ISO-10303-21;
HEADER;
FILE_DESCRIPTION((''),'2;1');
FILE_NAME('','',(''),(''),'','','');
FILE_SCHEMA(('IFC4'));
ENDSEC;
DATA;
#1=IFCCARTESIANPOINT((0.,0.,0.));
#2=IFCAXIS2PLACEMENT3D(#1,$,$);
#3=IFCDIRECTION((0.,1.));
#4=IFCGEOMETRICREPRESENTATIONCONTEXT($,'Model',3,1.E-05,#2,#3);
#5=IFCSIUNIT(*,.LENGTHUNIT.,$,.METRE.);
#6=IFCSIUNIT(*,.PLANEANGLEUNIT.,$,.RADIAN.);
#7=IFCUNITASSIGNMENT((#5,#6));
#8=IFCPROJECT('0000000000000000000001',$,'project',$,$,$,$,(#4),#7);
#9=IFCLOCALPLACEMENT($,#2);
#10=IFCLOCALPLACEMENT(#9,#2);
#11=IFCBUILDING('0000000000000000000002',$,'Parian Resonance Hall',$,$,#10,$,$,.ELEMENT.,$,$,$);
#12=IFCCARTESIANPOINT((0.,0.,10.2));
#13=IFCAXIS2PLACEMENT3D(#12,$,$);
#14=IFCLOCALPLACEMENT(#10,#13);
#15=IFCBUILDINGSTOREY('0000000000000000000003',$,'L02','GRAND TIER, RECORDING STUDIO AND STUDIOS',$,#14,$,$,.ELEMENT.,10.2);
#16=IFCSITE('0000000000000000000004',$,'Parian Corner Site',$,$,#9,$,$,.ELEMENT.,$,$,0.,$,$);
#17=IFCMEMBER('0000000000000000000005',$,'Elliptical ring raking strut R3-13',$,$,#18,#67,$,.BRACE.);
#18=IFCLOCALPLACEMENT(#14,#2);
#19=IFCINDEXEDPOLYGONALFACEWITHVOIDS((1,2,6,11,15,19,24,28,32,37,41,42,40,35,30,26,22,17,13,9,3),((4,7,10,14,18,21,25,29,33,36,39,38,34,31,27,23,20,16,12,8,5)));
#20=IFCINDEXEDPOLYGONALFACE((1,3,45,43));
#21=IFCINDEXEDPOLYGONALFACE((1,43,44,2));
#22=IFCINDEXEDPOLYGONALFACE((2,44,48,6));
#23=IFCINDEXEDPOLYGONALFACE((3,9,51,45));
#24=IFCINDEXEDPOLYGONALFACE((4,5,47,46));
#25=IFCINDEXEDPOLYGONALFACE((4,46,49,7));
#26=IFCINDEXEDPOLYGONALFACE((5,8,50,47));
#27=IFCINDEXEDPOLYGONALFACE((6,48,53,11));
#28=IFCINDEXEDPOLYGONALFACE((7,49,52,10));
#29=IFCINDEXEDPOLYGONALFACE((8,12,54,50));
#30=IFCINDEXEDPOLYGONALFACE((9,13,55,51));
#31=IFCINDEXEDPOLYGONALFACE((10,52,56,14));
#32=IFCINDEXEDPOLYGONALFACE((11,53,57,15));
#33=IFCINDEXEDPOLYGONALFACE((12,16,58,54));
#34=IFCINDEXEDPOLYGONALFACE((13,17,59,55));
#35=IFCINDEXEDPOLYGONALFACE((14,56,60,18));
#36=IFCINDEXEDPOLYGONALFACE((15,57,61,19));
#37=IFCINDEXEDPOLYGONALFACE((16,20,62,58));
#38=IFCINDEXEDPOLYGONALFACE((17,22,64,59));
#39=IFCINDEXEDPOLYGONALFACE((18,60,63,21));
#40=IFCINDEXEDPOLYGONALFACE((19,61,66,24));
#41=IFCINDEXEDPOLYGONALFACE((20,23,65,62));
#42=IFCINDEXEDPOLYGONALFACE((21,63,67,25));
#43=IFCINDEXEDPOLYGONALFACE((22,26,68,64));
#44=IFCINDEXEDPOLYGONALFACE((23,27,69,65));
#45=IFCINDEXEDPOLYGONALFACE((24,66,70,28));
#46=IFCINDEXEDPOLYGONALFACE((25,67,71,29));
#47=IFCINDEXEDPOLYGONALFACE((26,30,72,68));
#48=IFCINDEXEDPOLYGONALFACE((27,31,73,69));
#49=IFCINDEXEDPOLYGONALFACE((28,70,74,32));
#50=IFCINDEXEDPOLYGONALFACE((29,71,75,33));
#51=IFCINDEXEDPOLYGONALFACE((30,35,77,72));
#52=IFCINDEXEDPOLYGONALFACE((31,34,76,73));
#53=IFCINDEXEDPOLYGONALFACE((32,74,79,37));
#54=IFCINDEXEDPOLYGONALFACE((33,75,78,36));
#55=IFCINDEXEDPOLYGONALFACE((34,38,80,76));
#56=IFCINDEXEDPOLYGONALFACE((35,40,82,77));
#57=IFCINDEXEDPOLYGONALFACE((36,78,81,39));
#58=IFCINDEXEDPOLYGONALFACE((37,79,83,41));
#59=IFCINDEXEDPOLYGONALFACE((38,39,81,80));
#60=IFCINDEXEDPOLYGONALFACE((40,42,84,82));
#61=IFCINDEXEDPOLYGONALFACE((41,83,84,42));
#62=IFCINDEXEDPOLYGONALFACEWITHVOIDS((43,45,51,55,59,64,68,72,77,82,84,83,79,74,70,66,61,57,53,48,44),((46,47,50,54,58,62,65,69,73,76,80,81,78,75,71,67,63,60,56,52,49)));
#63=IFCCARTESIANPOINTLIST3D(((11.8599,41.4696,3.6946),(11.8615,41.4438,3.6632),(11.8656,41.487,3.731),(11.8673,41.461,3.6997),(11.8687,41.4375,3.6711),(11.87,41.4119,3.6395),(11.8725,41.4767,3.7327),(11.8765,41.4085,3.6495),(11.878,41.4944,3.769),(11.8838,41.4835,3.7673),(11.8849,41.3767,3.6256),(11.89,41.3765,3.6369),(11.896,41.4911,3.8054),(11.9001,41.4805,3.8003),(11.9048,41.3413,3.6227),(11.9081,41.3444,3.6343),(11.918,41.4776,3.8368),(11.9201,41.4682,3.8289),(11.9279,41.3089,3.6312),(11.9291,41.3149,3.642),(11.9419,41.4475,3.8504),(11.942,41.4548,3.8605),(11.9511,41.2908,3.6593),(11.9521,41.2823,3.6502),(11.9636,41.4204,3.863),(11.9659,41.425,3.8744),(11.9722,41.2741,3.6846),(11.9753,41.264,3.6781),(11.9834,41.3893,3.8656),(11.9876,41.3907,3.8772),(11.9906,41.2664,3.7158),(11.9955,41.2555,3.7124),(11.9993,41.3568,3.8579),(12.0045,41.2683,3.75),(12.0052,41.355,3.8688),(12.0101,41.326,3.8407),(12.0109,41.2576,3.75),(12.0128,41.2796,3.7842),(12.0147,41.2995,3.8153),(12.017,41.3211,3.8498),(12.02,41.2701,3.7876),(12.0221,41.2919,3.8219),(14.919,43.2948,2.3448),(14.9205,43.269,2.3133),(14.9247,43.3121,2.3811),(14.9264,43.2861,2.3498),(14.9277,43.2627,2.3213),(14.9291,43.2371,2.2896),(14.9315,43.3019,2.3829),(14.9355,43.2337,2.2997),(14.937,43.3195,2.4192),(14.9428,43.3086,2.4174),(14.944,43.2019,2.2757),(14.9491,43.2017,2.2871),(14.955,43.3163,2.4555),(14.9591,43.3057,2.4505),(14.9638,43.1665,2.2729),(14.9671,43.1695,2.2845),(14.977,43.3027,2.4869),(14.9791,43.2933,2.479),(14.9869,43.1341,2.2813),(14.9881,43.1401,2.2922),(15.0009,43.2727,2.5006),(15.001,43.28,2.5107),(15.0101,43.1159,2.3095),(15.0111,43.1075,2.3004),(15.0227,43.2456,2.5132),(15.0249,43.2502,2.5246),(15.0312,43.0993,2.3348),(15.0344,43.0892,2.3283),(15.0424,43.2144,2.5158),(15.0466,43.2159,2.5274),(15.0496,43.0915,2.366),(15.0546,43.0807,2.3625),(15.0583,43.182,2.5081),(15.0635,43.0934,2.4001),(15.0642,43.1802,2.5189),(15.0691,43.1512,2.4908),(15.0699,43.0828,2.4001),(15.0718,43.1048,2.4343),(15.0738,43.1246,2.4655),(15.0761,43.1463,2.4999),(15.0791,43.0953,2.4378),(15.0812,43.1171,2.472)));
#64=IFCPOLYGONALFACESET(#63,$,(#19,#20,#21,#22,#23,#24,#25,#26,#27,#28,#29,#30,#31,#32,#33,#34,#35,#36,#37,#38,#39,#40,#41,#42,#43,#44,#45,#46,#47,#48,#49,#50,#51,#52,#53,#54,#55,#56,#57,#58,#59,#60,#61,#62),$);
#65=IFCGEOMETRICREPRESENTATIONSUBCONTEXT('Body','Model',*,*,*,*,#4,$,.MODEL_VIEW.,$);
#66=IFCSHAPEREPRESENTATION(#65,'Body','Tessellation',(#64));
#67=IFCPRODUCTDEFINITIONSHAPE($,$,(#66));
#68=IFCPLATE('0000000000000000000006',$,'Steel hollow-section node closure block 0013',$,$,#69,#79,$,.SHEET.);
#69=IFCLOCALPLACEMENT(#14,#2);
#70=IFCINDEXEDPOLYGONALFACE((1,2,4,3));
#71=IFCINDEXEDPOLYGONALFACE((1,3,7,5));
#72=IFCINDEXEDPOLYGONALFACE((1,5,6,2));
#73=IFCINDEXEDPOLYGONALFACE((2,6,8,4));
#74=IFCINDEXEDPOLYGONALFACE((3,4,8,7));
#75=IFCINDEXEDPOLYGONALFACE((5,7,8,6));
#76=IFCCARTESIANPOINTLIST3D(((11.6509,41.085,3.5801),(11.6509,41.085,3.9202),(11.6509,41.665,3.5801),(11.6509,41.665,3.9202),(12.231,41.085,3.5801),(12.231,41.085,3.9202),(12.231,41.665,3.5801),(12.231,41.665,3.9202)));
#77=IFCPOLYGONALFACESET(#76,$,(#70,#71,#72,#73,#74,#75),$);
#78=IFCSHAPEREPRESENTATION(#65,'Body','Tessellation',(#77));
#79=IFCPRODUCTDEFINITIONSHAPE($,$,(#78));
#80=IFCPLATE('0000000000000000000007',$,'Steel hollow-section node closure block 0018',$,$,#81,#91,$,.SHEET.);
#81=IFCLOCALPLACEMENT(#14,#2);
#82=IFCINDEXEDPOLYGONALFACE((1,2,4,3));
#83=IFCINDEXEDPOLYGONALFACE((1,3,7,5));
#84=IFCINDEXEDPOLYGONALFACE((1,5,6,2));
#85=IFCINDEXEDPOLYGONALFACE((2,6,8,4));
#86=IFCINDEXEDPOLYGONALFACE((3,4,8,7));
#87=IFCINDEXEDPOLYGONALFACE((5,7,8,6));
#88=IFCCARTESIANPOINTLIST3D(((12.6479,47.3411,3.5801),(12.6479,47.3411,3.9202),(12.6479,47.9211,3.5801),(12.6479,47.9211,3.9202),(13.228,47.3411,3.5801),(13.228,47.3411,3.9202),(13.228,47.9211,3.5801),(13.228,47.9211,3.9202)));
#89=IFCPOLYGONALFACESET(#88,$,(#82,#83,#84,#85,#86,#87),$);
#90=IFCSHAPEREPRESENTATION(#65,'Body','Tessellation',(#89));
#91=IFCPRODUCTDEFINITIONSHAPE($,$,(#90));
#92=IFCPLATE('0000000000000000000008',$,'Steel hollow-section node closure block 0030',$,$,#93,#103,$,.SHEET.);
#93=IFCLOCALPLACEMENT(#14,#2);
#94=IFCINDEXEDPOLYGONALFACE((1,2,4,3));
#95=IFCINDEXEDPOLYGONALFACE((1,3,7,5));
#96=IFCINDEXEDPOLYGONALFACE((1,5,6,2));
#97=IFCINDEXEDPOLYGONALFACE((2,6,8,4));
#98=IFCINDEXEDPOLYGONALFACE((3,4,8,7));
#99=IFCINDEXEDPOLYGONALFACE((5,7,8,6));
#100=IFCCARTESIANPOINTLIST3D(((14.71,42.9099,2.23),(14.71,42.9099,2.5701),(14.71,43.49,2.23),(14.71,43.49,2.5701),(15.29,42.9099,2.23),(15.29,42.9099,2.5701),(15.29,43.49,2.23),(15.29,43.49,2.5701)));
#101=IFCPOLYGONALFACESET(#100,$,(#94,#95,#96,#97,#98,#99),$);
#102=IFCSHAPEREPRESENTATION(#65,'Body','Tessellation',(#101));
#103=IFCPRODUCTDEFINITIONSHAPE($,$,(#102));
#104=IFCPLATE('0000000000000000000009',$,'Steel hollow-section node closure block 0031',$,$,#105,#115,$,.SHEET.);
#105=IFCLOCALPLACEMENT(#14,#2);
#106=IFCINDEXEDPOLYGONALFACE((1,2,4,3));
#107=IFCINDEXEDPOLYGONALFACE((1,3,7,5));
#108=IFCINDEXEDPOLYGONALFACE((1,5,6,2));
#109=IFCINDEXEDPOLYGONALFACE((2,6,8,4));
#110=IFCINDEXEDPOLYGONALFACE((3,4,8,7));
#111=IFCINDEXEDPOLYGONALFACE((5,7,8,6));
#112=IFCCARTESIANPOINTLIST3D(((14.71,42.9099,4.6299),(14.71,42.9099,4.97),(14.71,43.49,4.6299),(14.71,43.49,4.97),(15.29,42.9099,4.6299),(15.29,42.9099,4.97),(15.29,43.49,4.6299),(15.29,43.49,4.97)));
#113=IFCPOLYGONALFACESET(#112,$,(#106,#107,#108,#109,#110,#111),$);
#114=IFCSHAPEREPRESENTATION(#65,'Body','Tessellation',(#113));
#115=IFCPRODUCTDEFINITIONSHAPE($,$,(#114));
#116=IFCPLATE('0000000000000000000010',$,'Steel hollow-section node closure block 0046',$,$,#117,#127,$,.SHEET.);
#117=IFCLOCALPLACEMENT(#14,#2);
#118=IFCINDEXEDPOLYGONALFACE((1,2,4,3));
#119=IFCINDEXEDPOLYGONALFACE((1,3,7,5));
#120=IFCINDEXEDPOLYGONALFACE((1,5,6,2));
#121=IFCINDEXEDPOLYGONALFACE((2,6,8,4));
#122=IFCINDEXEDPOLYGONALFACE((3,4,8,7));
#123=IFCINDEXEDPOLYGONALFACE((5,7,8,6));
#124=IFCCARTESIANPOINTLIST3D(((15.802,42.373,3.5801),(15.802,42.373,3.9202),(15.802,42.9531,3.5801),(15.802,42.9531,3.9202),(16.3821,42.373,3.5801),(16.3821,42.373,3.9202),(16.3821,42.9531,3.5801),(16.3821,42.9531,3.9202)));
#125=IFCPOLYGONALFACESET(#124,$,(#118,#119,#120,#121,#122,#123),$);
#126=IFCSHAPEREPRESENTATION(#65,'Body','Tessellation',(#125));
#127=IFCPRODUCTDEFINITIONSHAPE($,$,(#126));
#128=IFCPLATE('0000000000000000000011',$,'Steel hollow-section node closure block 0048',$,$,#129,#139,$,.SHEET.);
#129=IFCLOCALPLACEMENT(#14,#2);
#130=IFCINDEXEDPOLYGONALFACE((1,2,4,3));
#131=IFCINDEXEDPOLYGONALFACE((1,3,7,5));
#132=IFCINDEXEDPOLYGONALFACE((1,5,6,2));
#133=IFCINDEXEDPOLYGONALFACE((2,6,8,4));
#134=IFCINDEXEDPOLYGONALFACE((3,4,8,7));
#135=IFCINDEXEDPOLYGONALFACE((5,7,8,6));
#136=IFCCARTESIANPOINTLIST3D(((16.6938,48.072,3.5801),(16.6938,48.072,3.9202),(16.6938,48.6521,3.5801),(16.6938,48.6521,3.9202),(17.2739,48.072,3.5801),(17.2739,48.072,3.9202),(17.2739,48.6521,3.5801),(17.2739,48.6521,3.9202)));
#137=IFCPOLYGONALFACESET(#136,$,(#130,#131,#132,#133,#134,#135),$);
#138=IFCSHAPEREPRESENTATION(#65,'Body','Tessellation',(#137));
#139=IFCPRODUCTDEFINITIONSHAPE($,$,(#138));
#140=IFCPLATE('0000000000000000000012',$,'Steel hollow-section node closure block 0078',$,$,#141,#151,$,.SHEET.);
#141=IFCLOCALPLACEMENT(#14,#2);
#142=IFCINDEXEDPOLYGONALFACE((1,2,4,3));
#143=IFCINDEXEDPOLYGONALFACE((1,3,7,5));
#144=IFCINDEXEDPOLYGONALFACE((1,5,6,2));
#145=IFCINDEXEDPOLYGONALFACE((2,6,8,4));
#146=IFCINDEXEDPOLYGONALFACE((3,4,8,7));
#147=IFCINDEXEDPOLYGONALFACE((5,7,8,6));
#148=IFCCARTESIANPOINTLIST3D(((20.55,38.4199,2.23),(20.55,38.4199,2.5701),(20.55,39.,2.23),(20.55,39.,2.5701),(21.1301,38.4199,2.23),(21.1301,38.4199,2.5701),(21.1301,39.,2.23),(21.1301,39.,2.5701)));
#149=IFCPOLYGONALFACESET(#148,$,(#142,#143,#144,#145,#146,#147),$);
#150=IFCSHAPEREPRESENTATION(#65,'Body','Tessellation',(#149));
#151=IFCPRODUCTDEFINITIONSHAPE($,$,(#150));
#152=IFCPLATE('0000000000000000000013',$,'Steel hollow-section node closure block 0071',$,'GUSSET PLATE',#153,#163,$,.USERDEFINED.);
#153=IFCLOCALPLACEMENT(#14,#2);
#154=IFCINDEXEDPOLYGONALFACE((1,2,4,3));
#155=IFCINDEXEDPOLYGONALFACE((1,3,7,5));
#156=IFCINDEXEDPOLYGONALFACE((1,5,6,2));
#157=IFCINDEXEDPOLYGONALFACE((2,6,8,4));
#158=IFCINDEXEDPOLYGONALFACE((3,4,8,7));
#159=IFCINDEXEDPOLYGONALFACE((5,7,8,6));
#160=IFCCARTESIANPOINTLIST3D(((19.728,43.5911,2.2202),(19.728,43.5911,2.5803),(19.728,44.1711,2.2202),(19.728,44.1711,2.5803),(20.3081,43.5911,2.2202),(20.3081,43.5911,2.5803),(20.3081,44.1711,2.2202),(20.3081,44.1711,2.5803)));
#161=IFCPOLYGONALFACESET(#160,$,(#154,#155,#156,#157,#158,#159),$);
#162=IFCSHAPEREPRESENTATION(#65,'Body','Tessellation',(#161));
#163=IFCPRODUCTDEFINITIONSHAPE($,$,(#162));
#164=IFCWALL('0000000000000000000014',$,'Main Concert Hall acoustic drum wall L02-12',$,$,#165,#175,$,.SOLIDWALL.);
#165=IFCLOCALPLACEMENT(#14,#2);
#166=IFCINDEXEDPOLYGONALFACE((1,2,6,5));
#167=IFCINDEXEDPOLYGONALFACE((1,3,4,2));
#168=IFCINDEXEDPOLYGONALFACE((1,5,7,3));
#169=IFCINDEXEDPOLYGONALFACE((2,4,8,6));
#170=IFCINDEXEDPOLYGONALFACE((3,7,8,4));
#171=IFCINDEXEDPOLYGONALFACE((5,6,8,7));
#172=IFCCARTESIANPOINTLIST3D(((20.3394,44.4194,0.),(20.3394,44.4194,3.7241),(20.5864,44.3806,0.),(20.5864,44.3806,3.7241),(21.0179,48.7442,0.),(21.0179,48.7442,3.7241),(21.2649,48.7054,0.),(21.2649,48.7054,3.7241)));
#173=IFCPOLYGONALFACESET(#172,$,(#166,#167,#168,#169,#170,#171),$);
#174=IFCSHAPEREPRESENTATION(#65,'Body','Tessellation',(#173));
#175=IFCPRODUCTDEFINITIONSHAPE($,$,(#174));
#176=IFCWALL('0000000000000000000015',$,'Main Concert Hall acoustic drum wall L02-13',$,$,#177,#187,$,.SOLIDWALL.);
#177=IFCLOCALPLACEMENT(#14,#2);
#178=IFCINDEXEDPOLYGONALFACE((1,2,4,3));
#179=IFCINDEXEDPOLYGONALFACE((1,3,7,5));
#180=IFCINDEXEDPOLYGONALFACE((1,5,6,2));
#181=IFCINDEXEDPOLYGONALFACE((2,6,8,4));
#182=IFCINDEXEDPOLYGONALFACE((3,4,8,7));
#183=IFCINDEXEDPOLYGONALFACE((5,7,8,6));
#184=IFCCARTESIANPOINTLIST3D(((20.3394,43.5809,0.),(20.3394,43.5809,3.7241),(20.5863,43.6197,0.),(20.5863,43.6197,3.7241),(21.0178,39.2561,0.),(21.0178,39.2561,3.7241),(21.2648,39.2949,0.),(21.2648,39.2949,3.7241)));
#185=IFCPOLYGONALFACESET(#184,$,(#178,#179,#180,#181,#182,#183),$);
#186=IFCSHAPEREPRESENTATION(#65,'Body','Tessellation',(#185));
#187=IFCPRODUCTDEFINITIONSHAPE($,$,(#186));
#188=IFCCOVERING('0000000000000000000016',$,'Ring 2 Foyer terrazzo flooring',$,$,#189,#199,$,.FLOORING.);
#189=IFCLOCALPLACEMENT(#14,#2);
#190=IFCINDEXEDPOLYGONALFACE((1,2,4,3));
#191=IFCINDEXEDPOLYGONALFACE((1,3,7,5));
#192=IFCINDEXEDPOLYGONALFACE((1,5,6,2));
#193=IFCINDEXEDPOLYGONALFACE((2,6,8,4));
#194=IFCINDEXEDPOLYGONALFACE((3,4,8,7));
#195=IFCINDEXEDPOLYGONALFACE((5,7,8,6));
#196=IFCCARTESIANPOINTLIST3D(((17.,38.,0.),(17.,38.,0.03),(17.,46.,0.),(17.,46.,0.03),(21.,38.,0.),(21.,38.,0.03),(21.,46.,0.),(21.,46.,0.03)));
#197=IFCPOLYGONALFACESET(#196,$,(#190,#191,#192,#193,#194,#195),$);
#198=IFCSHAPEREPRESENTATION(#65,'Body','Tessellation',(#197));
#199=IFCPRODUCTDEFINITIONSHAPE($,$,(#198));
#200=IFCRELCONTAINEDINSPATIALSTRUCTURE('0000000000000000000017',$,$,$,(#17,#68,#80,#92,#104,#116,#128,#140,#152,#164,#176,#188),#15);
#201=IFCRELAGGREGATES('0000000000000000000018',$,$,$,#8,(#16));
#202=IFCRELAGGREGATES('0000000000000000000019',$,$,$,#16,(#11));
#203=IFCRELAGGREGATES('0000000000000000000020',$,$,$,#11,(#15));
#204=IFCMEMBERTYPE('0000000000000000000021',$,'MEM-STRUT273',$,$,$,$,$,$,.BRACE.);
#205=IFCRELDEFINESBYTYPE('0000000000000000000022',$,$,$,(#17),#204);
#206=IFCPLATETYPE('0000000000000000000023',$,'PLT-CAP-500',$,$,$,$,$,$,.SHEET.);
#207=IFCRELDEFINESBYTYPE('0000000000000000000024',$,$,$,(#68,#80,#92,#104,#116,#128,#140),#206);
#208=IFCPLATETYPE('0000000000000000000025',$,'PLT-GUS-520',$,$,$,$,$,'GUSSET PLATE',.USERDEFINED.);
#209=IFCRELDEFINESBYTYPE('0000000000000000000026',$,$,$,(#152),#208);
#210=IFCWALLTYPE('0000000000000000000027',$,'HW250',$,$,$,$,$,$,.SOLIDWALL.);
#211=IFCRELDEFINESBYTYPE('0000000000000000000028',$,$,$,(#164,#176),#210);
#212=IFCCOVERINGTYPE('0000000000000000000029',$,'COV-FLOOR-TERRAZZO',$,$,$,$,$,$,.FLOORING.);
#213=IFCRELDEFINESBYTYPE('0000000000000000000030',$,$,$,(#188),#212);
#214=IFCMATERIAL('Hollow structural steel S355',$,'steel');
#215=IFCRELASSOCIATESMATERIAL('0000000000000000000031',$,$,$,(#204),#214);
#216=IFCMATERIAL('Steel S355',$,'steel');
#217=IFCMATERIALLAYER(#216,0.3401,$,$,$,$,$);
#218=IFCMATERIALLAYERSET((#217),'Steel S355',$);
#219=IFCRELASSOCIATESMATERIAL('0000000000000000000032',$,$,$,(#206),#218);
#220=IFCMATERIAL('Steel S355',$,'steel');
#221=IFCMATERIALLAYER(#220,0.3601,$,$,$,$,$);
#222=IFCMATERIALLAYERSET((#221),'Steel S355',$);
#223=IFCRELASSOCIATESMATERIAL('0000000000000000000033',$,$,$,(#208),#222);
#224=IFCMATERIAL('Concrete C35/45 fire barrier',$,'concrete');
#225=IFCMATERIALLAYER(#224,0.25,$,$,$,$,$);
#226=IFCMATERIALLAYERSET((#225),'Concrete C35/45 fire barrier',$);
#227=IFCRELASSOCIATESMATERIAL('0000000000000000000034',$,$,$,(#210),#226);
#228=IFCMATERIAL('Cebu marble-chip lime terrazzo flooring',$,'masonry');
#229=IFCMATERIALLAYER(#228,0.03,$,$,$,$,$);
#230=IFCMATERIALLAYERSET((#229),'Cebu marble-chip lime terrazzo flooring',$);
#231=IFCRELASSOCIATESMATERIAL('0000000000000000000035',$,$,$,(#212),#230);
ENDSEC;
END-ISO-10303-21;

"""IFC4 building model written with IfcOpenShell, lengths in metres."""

from ifc_helpers import new_model, si_unit, direction, frame, frame_2d, origin, origin_2d, place, context, subcontext, project, spatial, rectangle, hollow_circle, extrude, material, layer, layer_set, material_profile, profile_set, type_object, element, save


model = new_model("IFC4")

# Units and contexts
model_context = context("Model", 3, precision=1e-05, world=origin(), true_north=direction((0.0, 1.0)))
body_context = subcontext(model_context, "Body", "Model", "MODEL_VIEW")
ifc_project = project(units=[si_unit("LENGTHUNIT", "METRE"), si_unit("PLANEANGLEUNIT", "RADIAN")], contexts=[model_context])

# Site, building, storey
site_placement = place(None, origin())
site = spatial("IfcSite", under=ifc_project, at=site_placement, Name="Parian Corner Site", CompositionType="ELEMENT", RefElevation=0.0)
building_placement = place(site_placement, origin())
building = spatial("IfcBuilding", under=site, at=building_placement, Name="Parian Resonance Hall", CompositionType="ELEMENT")
storey_placement = place(building_placement, frame((0.0, 0.0, 10.2)))
storey = spatial("IfcBuildingStorey", under=building, at=storey_placement, Name="L02", Description="GRAND TIER, RECORDING STUDIO AND STUDIOS", CompositionType="ELEMENT", Elevation=10.2)

# Member
ifc_material_1 = material(Name="Hollow structural steel S355", Category="steel")
ifc_material_profile_1 = material_profile(ifc_material_1, hollow_circle(Radius=0.1365, WallThickness=0.0125, at=origin_2d()), Name="CHS273x12.5")
ifc_profile_set_1 = profile_set([ifc_material_profile_1], Name="Hollow structural steel S355")
member_type_1 = type_object("IfcMemberType", Name="MEM-STRUT273", PredefinedType="BRACE", material=ifc_profile_set_1)
member_1_placement = place(storey_placement, frame((15.0, 43.2, 2.4001), z_axis=(-0.803038, -0.479131, 0.354349), x_axis=(0.512378, -0.85876, 0.0)))
element("IfcMember", 1, at=member_1_placement, inside=storey, type_object=member_type_1, Name="Elliptical ring raking strut R3-13", PredefinedType="BRACE", context=body_context, shape_type="SweptSolid", body=[
    extrude(hollow_circle(Radius=0.1365, WallThickness=0.0125, at=origin_2d()), origin(), (0.0, 0.0, 1.0), 3.8093),
])

# Plates
ifc_material_2 = material(Name="Steel S355", Category="steel")
ifc_layer_1 = layer(ifc_material_2, 0.3401)
ifc_layer_set_1 = layer_set([ifc_layer_1], Name="Steel S355")
plate_type_1 = type_object("IfcPlateType", Name="PLT-CAP-500", PredefinedType="SHEET", material=ifc_layer_set_1)
for number, where, z_axis, x_axis, name in (
    (2, (11.9409, 41.375, 3.5801), (0.0, 0.0, 1.0), (1.0, 0.0, 0.0), "Steel hollow-section node closure block 0013"),
    (3, (12.938, 47.6311, 3.5801), (0.0, 0.0, 1.0), (1.0, 0.0, 0.0), "Steel hollow-section node closure block 0018"),
    (4, (15.0, 43.2, 2.23), (0.0, 0.0, 1.0), (1.0, 0.0, 0.0), "Steel hollow-section node closure block 0030"),
    (5, (15.0, 43.2, 4.6299), (0.0, 0.0, 1.0), (1.0, 0.0, 0.0), "Steel hollow-section node closure block 0031"),
    (6, (16.092, 42.6631, 3.5801), (0.0, 0.0, 1.0), (1.0, 0.0, 0.0), "Steel hollow-section node closure block 0046"),
    (7, (16.9839, 48.3621, 3.5801), (0.0, 0.0, 1.0), (1.0, 0.0, 0.0), "Steel hollow-section node closure block 0048"),
    (8, (20.8401, 38.71, 2.23), (0.0, 0.0, 1.0), (1.0, 0.0, 0.0), "Steel hollow-section node closure block 0078"),
):
    element("IfcPlate", number, at=place(storey_placement, frame(where, z_axis=z_axis, x_axis=x_axis)), inside=storey, type_object=plate_type_1, Name=name, PredefinedType="SHEET", context=body_context, shape_type="SweptSolid", body=[
        extrude(rectangle(XDim=0.5801, YDim=0.5801, at=origin_2d()), origin(), (0.0, 0.0, 1.0), 0.3401),
    ])
ifc_material_3 = material(Name="Steel S355", Category="steel")
ifc_layer_2 = layer(ifc_material_3, 0.3601)
ifc_layer_set_2 = layer_set([ifc_layer_2], Name="Steel S355")
plate_type_2 = type_object("IfcPlateType", Name="PLT-GUS-520", ElementType="GUSSET PLATE", PredefinedType="USERDEFINED", material=ifc_layer_set_2)
plate_placement = place(storey_placement, frame((20.0181, 43.8811, 2.2202), z_axis=(0.0, 0.0, 1.0), x_axis=(1.0, 0.0, 0.0)))
element("IfcPlate", 9, at=plate_placement, inside=storey, type_object=plate_type_2, Name="Steel hollow-section node closure block 0071", ObjectType="GUSSET PLATE", PredefinedType="USERDEFINED", context=body_context, shape_type="SweptSolid", body=[
    extrude(rectangle(XDim=0.5801, YDim=0.5801, at=origin_2d()), origin(), (0.0, 0.0, 1.0), 0.3601),
])

# Walls
ifc_material_4 = material(Name="Concrete C35/45 fire barrier", Category="concrete")
ifc_layer_3 = layer(ifc_material_4, 0.25)
ifc_layer_set_3 = layer_set([ifc_layer_3], Name="Concrete C35/45 fire barrier")
wall_type = type_object("IfcWallType", Name="HW250", PredefinedType="SOLIDWALL", material=ifc_layer_set_3)
for number, where, z_axis, x_axis, name in (
    (10, (20.4629, 44.3999, 0.0), (0.0, 0.0, 1.0), (0.154986, 0.987917, 0.0), "Main Concert Hall acoustic drum wall L02-12"),
    (11, (21.1414, 39.2754, 0.0), (0.0, 0.0, 1.0), (-0.154986, 0.987917, 0.0), "Main Concert Hall acoustic drum wall L02-13"),
):
    element("IfcWall", number, at=place(storey_placement, frame(where, z_axis=z_axis, x_axis=x_axis)), inside=storey, type_object=wall_type, Name=name, PredefinedType="SOLIDWALL", context=body_context, shape_type="SweptSolid", body=[
        extrude(rectangle(XDim=4.3777, YDim=0.25, at=frame_2d((2.189, 0.0))), origin(), (0.0, 0.0, 1.0), 3.7241),
    ])

# Covering
ifc_material_5 = material(Name="Cebu marble-chip lime terrazzo flooring", Category="masonry")
ifc_layer_4 = layer(ifc_material_5, 0.03)
ifc_layer_set_4 = layer_set([ifc_layer_4], Name="Cebu marble-chip lime terrazzo flooring")
covering_type = type_object("IfcCoveringType", Name="COV-FLOOR-TERRAZZO", PredefinedType="FLOORING", material=ifc_layer_set_4)
covering_placement = place(storey_placement, frame((19.0, 42.0, 0.0), z_axis=(0.0, 0.0, 1.0), x_axis=(1.0, 0.0, 0.0)))
element("IfcCovering", 12, at=covering_placement, inside=storey, type_object=covering_type, Name="Ring 2 Foyer terrazzo flooring", PredefinedType="FLOORING", context=body_context, shape_type="SweptSolid", body=[
    extrude(rectangle(XDim=4.0, YDim=8.0, at=origin_2d()), origin(), (0.0, 0.0, 1.0), 0.03),
])

save(model, "model.ifc")
